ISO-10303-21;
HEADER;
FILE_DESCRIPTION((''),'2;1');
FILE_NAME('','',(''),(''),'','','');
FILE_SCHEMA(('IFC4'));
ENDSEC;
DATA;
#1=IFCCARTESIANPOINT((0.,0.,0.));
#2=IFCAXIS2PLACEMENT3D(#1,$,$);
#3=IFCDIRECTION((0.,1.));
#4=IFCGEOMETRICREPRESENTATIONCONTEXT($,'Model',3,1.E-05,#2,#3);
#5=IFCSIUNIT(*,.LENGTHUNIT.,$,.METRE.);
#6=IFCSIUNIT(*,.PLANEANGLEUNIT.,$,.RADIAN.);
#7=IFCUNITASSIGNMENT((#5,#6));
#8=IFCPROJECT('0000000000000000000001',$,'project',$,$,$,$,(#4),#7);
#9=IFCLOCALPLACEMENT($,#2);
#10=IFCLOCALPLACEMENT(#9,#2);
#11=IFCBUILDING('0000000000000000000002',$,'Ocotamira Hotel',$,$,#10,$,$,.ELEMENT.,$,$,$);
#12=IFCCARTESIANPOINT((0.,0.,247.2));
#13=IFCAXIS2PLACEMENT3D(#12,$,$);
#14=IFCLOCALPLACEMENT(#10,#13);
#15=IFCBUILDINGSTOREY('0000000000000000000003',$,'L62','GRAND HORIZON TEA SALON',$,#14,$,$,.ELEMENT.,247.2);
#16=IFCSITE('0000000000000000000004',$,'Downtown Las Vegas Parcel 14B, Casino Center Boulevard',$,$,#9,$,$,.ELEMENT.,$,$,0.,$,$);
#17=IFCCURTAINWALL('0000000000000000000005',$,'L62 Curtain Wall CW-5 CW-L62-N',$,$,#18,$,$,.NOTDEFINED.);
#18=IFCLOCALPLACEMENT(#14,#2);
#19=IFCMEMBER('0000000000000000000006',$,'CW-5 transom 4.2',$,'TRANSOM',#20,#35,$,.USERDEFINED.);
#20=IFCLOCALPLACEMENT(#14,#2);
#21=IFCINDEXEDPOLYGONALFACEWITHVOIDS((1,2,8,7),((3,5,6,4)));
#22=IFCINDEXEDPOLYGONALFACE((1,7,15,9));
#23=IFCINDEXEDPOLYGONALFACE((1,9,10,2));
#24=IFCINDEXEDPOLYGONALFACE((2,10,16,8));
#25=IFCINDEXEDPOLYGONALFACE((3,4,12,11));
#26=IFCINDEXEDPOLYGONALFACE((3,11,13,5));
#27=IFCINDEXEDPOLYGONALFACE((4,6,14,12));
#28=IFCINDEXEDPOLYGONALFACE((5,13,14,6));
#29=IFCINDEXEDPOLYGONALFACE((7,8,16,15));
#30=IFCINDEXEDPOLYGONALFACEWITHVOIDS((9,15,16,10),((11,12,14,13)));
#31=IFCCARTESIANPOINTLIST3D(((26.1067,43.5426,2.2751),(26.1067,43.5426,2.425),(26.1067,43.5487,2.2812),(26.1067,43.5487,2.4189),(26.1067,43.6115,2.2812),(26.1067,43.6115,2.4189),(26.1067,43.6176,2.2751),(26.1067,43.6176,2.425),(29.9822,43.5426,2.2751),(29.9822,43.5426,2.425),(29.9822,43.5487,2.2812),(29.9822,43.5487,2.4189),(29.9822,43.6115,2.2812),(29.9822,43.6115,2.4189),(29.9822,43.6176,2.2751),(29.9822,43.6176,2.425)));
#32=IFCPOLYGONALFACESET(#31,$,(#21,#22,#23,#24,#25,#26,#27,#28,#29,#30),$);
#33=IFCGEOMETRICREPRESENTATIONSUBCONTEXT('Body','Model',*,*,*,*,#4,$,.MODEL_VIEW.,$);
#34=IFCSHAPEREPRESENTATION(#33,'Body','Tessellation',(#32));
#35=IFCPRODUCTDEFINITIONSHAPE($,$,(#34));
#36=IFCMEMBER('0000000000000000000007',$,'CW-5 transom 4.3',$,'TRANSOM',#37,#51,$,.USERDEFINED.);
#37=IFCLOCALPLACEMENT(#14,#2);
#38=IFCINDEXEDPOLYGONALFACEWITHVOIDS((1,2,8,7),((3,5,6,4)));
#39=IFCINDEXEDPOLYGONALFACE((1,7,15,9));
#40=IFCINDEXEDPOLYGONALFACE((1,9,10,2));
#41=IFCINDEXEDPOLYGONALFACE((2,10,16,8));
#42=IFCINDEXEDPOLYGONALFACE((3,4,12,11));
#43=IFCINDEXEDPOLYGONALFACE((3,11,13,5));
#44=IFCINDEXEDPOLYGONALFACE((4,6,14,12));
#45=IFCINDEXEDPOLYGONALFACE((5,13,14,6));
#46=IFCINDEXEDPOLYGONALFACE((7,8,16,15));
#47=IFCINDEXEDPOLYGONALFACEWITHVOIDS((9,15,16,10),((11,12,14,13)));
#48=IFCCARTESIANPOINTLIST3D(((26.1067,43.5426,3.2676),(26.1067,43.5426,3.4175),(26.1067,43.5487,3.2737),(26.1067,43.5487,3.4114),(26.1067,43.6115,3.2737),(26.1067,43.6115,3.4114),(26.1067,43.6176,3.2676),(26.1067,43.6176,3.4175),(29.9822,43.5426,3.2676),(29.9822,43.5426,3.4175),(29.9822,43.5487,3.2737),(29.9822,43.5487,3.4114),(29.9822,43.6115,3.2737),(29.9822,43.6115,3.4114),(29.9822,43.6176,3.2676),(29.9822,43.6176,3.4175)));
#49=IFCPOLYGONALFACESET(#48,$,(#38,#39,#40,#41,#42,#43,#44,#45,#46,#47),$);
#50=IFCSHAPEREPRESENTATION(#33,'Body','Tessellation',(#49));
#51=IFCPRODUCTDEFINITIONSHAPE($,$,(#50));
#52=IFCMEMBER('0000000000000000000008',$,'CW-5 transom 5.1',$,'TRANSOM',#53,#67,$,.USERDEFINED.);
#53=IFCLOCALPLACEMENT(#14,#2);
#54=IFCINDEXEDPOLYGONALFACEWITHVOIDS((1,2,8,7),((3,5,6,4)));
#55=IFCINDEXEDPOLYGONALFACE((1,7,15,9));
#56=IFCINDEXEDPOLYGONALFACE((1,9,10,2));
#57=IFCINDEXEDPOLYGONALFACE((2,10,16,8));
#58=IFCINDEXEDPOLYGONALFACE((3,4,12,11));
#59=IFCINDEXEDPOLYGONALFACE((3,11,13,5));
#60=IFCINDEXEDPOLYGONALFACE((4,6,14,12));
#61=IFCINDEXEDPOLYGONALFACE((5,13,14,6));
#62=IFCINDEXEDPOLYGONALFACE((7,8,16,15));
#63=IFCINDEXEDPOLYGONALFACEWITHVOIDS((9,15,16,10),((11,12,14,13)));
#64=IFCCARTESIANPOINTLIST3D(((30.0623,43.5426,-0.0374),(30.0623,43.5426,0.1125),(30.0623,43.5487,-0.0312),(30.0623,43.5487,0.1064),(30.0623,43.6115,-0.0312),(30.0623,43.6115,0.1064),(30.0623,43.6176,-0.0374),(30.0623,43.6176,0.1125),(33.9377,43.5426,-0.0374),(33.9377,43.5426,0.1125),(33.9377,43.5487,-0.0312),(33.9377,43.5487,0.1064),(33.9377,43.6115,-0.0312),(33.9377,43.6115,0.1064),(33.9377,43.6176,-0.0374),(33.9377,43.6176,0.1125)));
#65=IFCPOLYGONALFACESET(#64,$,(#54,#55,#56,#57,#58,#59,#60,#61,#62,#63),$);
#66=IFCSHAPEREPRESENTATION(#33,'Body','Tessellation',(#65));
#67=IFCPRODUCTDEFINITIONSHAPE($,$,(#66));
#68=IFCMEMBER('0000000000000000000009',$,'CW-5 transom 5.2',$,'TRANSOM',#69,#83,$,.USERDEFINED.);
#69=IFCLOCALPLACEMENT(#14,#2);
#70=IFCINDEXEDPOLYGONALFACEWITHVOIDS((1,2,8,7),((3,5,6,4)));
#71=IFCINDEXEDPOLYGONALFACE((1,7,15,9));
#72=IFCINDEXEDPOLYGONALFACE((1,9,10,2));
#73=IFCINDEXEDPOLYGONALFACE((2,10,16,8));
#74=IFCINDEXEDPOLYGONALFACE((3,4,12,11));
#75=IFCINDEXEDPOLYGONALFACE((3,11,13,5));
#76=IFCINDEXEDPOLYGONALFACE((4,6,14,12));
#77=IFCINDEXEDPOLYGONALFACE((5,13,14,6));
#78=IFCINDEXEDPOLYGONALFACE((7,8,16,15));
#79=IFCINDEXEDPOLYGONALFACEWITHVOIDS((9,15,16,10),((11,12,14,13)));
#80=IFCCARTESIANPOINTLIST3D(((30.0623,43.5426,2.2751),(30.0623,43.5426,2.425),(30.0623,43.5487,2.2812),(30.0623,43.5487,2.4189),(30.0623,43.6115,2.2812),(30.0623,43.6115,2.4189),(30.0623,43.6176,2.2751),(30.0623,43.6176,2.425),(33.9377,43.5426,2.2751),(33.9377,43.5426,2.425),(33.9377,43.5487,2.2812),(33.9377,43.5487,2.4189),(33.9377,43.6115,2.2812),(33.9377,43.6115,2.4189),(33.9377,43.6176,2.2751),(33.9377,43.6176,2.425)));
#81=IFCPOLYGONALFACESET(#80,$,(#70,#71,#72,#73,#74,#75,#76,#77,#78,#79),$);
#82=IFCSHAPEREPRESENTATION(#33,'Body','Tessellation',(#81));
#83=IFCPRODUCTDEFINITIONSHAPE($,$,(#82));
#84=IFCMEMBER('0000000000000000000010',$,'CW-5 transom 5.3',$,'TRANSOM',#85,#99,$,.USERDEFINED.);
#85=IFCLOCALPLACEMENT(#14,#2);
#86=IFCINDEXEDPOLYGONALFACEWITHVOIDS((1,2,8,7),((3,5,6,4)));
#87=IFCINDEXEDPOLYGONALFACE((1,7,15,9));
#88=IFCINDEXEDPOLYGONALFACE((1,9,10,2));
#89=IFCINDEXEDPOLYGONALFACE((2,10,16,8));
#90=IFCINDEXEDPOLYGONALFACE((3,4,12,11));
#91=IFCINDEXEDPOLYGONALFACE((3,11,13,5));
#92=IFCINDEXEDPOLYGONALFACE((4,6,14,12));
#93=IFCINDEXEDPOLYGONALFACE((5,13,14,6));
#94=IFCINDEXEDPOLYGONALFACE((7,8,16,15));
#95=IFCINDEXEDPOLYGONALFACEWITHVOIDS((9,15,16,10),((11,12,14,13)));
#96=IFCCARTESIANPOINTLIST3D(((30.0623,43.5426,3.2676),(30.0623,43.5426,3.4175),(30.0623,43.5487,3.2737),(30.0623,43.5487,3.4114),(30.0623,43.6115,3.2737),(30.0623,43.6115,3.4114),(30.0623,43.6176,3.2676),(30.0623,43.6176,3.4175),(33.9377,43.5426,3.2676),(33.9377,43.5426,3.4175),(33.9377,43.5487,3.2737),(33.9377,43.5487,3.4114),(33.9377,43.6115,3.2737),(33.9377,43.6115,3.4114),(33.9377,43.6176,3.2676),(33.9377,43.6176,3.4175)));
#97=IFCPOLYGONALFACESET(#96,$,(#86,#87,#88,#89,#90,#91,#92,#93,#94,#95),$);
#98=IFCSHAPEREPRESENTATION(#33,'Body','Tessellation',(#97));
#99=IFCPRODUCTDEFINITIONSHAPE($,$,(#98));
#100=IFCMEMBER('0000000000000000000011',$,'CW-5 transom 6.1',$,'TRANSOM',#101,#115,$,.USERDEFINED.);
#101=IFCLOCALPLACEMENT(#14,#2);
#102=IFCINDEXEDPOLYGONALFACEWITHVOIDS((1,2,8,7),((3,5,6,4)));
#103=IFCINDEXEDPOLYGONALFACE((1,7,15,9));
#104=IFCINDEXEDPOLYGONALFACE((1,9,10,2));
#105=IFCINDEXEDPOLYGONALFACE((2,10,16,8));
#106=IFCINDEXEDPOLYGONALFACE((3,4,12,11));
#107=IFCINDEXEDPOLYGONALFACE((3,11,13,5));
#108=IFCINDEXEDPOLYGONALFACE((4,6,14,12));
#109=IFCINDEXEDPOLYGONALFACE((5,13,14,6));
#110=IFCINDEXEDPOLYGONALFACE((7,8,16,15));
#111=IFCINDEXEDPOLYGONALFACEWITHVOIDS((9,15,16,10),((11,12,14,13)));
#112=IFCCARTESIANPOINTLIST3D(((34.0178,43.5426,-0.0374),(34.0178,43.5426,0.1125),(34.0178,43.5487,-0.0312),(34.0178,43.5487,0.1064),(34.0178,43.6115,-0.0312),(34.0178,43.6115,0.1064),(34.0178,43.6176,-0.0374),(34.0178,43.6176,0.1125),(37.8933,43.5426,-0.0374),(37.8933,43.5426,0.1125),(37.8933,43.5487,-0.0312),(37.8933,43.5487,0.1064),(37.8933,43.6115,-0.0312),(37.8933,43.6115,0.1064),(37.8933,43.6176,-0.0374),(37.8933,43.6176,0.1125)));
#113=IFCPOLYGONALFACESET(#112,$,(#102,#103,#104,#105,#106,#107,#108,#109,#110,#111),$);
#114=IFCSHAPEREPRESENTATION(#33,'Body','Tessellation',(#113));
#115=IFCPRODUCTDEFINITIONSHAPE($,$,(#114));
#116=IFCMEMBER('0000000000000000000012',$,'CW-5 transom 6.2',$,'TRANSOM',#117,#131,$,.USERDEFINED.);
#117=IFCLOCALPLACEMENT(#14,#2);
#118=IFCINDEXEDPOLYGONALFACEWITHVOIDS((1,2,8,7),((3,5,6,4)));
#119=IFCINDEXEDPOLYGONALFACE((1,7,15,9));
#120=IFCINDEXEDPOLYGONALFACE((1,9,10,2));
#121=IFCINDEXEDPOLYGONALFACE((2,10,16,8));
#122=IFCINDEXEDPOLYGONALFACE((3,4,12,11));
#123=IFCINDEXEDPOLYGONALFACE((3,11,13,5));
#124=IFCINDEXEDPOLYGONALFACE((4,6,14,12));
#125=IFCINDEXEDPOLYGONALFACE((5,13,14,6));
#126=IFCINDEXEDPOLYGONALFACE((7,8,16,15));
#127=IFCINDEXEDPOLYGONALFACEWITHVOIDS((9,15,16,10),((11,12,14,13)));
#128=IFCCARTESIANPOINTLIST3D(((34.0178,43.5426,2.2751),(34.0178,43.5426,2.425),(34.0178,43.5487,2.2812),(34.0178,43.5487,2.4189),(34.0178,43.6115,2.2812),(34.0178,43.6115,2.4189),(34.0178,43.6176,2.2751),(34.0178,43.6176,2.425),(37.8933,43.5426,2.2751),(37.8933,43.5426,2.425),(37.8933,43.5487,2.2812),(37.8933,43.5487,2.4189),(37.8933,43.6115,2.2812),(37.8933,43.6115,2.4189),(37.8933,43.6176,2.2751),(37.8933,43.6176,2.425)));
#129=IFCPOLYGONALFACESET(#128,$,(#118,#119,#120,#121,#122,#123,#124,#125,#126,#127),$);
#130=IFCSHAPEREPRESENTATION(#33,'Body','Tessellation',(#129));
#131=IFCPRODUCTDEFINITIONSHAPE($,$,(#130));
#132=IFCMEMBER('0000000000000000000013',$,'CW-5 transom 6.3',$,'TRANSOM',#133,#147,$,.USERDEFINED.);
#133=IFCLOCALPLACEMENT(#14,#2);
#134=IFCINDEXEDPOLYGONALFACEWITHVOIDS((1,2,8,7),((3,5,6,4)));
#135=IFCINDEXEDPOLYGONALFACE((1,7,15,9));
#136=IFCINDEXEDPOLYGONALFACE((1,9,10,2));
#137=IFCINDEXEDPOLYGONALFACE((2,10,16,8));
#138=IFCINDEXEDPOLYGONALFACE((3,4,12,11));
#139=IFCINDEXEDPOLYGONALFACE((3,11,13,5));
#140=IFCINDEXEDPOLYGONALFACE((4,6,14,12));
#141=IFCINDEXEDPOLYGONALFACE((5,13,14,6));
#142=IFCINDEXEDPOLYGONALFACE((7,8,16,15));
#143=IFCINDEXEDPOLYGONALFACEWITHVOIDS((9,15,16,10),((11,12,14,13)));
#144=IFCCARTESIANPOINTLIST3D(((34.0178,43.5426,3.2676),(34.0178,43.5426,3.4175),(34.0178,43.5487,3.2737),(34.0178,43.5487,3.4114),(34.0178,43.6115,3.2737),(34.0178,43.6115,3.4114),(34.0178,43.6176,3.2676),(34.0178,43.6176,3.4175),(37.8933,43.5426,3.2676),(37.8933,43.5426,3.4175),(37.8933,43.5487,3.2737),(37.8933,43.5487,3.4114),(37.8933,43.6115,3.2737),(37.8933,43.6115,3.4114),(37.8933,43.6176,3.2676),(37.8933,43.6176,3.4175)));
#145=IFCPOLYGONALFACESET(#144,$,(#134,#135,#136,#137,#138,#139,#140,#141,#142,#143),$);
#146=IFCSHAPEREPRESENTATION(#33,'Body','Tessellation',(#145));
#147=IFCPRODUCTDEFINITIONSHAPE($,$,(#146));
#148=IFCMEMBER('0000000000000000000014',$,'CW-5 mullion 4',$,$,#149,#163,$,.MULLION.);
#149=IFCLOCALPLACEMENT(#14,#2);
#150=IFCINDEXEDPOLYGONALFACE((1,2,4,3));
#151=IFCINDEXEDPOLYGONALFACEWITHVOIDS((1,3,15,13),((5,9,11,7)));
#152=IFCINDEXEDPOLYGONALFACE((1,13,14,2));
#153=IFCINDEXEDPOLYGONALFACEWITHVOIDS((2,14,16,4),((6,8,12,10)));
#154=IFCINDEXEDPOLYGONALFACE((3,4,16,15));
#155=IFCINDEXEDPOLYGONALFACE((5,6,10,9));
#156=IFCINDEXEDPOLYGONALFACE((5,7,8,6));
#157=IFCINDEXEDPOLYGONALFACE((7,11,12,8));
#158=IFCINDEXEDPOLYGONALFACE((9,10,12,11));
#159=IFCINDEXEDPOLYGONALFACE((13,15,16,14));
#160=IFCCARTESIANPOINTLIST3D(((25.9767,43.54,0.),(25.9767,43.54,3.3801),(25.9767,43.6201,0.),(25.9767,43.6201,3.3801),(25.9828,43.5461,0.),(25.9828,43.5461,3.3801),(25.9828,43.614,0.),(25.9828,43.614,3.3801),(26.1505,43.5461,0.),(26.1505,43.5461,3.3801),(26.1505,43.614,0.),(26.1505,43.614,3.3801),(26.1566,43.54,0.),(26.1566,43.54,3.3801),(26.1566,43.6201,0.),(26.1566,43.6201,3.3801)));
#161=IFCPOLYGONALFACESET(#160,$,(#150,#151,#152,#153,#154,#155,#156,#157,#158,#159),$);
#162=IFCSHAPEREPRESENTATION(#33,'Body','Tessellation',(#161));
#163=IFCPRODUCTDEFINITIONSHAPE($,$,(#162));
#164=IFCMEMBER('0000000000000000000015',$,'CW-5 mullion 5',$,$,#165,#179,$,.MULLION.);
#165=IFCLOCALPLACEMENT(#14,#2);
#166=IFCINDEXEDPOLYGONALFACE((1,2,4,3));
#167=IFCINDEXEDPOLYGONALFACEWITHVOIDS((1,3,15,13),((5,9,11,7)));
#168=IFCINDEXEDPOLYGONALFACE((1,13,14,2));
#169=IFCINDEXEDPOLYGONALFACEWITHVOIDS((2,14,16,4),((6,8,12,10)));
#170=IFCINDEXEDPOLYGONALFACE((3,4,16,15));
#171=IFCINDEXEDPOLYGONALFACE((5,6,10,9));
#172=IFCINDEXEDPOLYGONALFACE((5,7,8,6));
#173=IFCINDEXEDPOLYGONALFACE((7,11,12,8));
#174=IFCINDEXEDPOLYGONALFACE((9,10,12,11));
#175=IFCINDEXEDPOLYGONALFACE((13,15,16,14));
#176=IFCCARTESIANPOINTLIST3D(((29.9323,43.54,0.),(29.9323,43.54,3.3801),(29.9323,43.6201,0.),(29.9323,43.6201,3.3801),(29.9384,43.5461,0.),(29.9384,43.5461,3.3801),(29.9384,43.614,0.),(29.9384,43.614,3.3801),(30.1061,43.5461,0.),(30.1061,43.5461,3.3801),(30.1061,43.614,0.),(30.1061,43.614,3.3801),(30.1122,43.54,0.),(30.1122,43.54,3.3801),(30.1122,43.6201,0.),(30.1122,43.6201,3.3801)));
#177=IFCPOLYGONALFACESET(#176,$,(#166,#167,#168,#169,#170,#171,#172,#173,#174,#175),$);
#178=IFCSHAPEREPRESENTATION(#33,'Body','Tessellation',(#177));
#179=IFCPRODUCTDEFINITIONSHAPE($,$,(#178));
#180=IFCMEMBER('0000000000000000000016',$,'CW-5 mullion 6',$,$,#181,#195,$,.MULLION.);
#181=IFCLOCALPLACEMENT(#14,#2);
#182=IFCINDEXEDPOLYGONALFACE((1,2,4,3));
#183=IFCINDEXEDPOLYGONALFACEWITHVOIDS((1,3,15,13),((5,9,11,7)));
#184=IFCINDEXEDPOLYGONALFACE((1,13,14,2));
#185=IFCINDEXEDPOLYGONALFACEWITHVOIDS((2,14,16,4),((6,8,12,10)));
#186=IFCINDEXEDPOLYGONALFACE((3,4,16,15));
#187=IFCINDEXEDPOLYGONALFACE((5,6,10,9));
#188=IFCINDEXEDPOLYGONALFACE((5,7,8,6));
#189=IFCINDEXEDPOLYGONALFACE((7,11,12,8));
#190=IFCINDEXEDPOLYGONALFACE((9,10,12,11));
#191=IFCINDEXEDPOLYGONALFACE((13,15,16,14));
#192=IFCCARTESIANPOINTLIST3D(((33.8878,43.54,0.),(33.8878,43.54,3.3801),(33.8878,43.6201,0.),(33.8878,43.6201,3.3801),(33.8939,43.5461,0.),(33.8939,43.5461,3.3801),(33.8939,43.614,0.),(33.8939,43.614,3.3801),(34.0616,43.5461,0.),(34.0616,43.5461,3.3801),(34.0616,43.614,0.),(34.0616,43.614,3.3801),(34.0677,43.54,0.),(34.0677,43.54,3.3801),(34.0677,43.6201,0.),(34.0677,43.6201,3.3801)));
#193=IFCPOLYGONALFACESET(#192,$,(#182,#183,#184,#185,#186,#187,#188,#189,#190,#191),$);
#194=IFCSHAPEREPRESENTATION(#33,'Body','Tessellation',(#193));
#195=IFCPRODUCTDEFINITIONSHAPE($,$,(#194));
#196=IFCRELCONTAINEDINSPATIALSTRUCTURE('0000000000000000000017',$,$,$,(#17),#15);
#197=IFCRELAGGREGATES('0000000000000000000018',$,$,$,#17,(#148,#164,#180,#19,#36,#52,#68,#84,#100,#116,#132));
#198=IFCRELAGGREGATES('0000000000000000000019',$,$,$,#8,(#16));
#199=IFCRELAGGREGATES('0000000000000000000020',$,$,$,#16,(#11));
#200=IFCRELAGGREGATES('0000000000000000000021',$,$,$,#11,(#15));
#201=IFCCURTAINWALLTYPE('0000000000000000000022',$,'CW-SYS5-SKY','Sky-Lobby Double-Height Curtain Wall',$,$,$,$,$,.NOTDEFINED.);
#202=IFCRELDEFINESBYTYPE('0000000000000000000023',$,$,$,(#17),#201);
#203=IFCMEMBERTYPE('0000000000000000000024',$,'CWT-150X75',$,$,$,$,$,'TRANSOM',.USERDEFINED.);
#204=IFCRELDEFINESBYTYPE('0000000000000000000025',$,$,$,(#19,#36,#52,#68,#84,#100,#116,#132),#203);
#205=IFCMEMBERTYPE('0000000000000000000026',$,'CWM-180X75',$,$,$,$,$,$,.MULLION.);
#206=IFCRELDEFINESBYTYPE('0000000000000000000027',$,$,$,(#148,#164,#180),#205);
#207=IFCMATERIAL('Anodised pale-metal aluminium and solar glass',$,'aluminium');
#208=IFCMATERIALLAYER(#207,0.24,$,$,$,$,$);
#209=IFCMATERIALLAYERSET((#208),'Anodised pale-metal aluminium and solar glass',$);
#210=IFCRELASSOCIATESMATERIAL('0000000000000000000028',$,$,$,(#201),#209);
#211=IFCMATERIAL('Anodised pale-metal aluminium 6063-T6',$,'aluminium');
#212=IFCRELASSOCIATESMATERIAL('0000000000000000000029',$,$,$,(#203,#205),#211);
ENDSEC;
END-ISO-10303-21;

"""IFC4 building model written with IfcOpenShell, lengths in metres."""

from ifc_helpers import new_model, si_unit, direction, frame, origin, origin_2d, place, context, subcontext, project, spatial, hollow_rectangle, extrude, source, transform, mapped, material, layer, layer_set, material_profile, profile_set, type_object, element, aggregate, save


model = new_model("IFC4")

# Units and contexts
model_context = context("Model", 3, precision=1e-05, world=origin(), true_north=direction((0.0, 1.0)))
body_context = subcontext(model_context, "Body", "Model", "MODEL_VIEW")
ifc_project = project(units=[si_unit("LENGTHUNIT", "METRE"), si_unit("PLANEANGLEUNIT", "RADIAN")], contexts=[model_context])

# Site, building, storey
site_placement = place(None, origin())
site = spatial("IfcSite", under=ifc_project, at=site_placement, Name="Downtown Las Vegas Parcel 14B, Casino Center Boulevard", CompositionType="ELEMENT", RefElevation=0.0)
building_placement = place(site_placement, origin())
building = spatial("IfcBuilding", under=site, at=building_placement, Name="Ocotamira Hotel", CompositionType="ELEMENT")
storey_placement = place(building_placement, frame((0.0, 0.0, 247.2)))
storey = spatial("IfcBuildingStorey", under=building, at=storey_placement, Name="L62", Description="GRAND HORIZON TEA SALON", CompositionType="ELEMENT", Elevation=247.2)

# Curtain wall, members
ifc_material_1 = material(Name="Anodised pale-metal aluminium and solar glass", Category="aluminium")
ifc_layer_1 = layer(ifc_material_1, 0.24)
ifc_layer_set_1 = layer_set([ifc_layer_1], Name="Anodised pale-metal aluminium and solar glass")
curtain_wall_type = type_object("IfcCurtainWallType", Name="CW-SYS5-SKY", Description="Sky-Lobby Double-Height Curtain Wall", PredefinedType="NOTDEFINED", material=ifc_layer_set_1)
curtain_wall_placement = place(storey_placement, origin())
curtain_wall = element("IfcCurtainWall", 1, at=curtain_wall_placement, inside=storey, type_object=curtain_wall_type, Name="L62 Curtain Wall CW-5 CW-L62-N", PredefinedType="NOTDEFINED")
ifc_material_2 = material(Name="Anodised pale-metal aluminium 6063-T6", Category="aluminium")
ifc_material_profile_1 = material_profile(ifc_material_2, hollow_rectangle(XDim=0.075, YDim=0.1499, WallThickness=0.0061, at=origin_2d()), Name="HSS150X75X6")
ifc_profile_set_1 = profile_set([ifc_material_profile_1], Name="Anodised pale-metal aluminium 6063-T6")
member_type_1 = type_object("IfcMemberType", Name="CWT-150X75", ElementType="TRANSOM", PredefinedType="USERDEFINED", material=ifc_profile_set_1)
shared_shape_1 = source(origin(), body_context, "Body", "SweptSolid", [
    extrude(hollow_rectangle(XDim=0.075, YDim=0.1499, WallThickness=0.0061, at=origin_2d()), origin(), (0.0, 0.0, 1.0), 3.8755),
])
member_1_placement = place(storey_placement, frame((26.1067, 43.5801, 2.3501), z_axis=(1.0, 0.0, 0.0), x_axis=(0.0, 1.0, 0.0)))
member_1 = element("IfcMember", 2, at=member_1_placement, type_object=member_type_1, Name="CW-5 transom 4.2", ObjectType="TRANSOM", PredefinedType="USERDEFINED", context=body_context, shape_type="MappedRepresentation", body=[
    mapped(shared_shape_1, transform((0.0, 0.0, 0.0), scale=1.0)),
])
member_2_placement = place(storey_placement, frame((26.1067, 43.5801, 3.3425), z_axis=(1.0, 0.0, 0.0), x_axis=(0.0, 1.0, 0.0)))
member_2 = element("IfcMember", 3, at=member_2_placement, type_object=member_type_1, Name="CW-5 transom 4.3", ObjectType="TRANSOM", PredefinedType="USERDEFINED", context=body_context, shape_type="MappedRepresentation", body=[
    mapped(shared_shape_1, transform((0.0, 0.0, 0.0), scale=1.0)),
])
member_3_placement = place(storey_placement, frame((30.0623, 43.5801, 0.0376), z_axis=(1.0, 0.0, 0.0), x_axis=(0.0, 1.0, 0.0)))
member_3 = element("IfcMember", 4, at=member_3_placement, type_object=member_type_1, Name="CW-5 transom 5.1", ObjectType="TRANSOM", PredefinedType="USERDEFINED", context=body_context, shape_type="MappedRepresentation", body=[
    mapped(shared_shape_1, transform((0.0, 0.0, 0.0), scale=1.0)),
])
member_4_placement = place(storey_placement, frame((30.0623, 43.5801, 2.3501), z_axis=(1.0, 0.0, 0.0), x_axis=(0.0, 1.0, 0.0)))
member_4 = element("IfcMember", 5, at=member_4_placement, type_object=member_type_1, Name="CW-5 transom 5.2", ObjectType="TRANSOM", PredefinedType="USERDEFINED", context=body_context, shape_type="MappedRepresentation", body=[
    mapped(shared_shape_1, transform((0.0, 0.0, 0.0), scale=1.0)),
])
member_5_placement = place(storey_placement, frame((30.0623, 43.5801, 3.3425), z_axis=(1.0, 0.0, 0.0), x_axis=(0.0, 1.0, 0.0)))
member_5 = element("IfcMember", 6, at=member_5_placement, type_object=member_type_1, Name="CW-5 transom 5.3", ObjectType="TRANSOM", PredefinedType="USERDEFINED", context=body_context, shape_type="MappedRepresentation", body=[
    mapped(shared_shape_1, transform((0.0, 0.0, 0.0), scale=1.0)),
])
member_6_placement = place(storey_placement, frame((34.0178, 43.5801, 0.0376), z_axis=(1.0, 0.0, 0.0), x_axis=(0.0, 1.0, 0.0)))
member_6 = element("IfcMember", 7, at=member_6_placement, type_object=member_type_1, Name="CW-5 transom 6.1", ObjectType="TRANSOM", PredefinedType="USERDEFINED", context=body_context, shape_type="MappedRepresentation", body=[
    mapped(shared_shape_1, transform((0.0, 0.0, 0.0), scale=1.0)),
])
member_7_placement = place(storey_placement, frame((34.0178, 43.5801, 2.3501), z_axis=(1.0, 0.0, 0.0), x_axis=(0.0, 1.0, 0.0)))
member_7 = element("IfcMember", 8, at=member_7_placement, type_object=member_type_1, Name="CW-5 transom 6.2", ObjectType="TRANSOM", PredefinedType="USERDEFINED", context=body_context, shape_type="MappedRepresentation", body=[
    mapped(shared_shape_1, transform((0.0, 0.0, 0.0), scale=1.0)),
])
member_8_placement = place(storey_placement, frame((34.0178, 43.5801, 3.3425), z_axis=(1.0, 0.0, 0.0), x_axis=(0.0, 1.0, 0.0)))
member_8 = element("IfcMember", 9, at=member_8_placement, type_object=member_type_1, Name="CW-5 transom 6.3", ObjectType="TRANSOM", PredefinedType="USERDEFINED", context=body_context, shape_type="MappedRepresentation", body=[
    mapped(shared_shape_1, transform((0.0, 0.0, 0.0), scale=1.0)),
])
ifc_material_profile_2 = material_profile(ifc_material_2, hollow_rectangle(XDim=0.0801, YDim=0.1799, WallThickness=0.0061, at=origin_2d()), Name="HSS180X80X6")
ifc_profile_set_2 = profile_set([ifc_material_profile_2], Name="Anodised pale-metal aluminium 6063-T6")
member_type_2 = type_object("IfcMemberType", Name="CWM-180X75", PredefinedType="MULLION", material=ifc_profile_set_2)
shared_shape_2 = source(origin(), body_context, "Body", "SweptSolid", [
    extrude(hollow_rectangle(XDim=0.0801, YDim=0.1799, WallThickness=0.0061, at=origin_2d()), origin(), (0.0, 0.0, 1.0), 3.3801),
])
member_9_placement = place(storey_placement, frame((26.0667, 43.5801, 0.0), z_axis=(0.0, 0.0, 1.0), x_axis=(0.0, 1.0, 0.0)))
member_9 = element("IfcMember", 10, at=member_9_placement, type_object=member_type_2, Name="CW-5 mullion 4", PredefinedType="MULLION", context=body_context, shape_type="MappedRepresentation", body=[
    mapped(shared_shape_2, transform((0.0, 0.0, 0.0), scale=1.0)),
])
member_10_placement = place(storey_placement, frame((30.0222, 43.5801, 0.0), z_axis=(0.0, 0.0, 1.0), x_axis=(0.0, 1.0, 0.0)))
member_10 = element("IfcMember", 11, at=member_10_placement, type_object=member_type_2, Name="CW-5 mullion 5", PredefinedType="MULLION", context=body_context, shape_type="MappedRepresentation", body=[
    mapped(shared_shape_2, transform((0.0, 0.0, 0.0), scale=1.0)),
])
member_11_placement = place(storey_placement, frame((33.9778, 43.5801, 0.0), z_axis=(0.0, 0.0, 1.0), x_axis=(0.0, 1.0, 0.0)))
member_11 = element("IfcMember", 12, at=member_11_placement, type_object=member_type_2, Name="CW-5 mullion 6", PredefinedType="MULLION", context=body_context, shape_type="MappedRepresentation", body=[
    mapped(shared_shape_2, transform((0.0, 0.0, 0.0), scale=1.0)),
])

aggregate(curtain_wall, [member_9, member_10, member_11, member_1, member_2, member_3, member_4, member_5, member_6, member_7, member_8])

save(model, "model.ifc")
